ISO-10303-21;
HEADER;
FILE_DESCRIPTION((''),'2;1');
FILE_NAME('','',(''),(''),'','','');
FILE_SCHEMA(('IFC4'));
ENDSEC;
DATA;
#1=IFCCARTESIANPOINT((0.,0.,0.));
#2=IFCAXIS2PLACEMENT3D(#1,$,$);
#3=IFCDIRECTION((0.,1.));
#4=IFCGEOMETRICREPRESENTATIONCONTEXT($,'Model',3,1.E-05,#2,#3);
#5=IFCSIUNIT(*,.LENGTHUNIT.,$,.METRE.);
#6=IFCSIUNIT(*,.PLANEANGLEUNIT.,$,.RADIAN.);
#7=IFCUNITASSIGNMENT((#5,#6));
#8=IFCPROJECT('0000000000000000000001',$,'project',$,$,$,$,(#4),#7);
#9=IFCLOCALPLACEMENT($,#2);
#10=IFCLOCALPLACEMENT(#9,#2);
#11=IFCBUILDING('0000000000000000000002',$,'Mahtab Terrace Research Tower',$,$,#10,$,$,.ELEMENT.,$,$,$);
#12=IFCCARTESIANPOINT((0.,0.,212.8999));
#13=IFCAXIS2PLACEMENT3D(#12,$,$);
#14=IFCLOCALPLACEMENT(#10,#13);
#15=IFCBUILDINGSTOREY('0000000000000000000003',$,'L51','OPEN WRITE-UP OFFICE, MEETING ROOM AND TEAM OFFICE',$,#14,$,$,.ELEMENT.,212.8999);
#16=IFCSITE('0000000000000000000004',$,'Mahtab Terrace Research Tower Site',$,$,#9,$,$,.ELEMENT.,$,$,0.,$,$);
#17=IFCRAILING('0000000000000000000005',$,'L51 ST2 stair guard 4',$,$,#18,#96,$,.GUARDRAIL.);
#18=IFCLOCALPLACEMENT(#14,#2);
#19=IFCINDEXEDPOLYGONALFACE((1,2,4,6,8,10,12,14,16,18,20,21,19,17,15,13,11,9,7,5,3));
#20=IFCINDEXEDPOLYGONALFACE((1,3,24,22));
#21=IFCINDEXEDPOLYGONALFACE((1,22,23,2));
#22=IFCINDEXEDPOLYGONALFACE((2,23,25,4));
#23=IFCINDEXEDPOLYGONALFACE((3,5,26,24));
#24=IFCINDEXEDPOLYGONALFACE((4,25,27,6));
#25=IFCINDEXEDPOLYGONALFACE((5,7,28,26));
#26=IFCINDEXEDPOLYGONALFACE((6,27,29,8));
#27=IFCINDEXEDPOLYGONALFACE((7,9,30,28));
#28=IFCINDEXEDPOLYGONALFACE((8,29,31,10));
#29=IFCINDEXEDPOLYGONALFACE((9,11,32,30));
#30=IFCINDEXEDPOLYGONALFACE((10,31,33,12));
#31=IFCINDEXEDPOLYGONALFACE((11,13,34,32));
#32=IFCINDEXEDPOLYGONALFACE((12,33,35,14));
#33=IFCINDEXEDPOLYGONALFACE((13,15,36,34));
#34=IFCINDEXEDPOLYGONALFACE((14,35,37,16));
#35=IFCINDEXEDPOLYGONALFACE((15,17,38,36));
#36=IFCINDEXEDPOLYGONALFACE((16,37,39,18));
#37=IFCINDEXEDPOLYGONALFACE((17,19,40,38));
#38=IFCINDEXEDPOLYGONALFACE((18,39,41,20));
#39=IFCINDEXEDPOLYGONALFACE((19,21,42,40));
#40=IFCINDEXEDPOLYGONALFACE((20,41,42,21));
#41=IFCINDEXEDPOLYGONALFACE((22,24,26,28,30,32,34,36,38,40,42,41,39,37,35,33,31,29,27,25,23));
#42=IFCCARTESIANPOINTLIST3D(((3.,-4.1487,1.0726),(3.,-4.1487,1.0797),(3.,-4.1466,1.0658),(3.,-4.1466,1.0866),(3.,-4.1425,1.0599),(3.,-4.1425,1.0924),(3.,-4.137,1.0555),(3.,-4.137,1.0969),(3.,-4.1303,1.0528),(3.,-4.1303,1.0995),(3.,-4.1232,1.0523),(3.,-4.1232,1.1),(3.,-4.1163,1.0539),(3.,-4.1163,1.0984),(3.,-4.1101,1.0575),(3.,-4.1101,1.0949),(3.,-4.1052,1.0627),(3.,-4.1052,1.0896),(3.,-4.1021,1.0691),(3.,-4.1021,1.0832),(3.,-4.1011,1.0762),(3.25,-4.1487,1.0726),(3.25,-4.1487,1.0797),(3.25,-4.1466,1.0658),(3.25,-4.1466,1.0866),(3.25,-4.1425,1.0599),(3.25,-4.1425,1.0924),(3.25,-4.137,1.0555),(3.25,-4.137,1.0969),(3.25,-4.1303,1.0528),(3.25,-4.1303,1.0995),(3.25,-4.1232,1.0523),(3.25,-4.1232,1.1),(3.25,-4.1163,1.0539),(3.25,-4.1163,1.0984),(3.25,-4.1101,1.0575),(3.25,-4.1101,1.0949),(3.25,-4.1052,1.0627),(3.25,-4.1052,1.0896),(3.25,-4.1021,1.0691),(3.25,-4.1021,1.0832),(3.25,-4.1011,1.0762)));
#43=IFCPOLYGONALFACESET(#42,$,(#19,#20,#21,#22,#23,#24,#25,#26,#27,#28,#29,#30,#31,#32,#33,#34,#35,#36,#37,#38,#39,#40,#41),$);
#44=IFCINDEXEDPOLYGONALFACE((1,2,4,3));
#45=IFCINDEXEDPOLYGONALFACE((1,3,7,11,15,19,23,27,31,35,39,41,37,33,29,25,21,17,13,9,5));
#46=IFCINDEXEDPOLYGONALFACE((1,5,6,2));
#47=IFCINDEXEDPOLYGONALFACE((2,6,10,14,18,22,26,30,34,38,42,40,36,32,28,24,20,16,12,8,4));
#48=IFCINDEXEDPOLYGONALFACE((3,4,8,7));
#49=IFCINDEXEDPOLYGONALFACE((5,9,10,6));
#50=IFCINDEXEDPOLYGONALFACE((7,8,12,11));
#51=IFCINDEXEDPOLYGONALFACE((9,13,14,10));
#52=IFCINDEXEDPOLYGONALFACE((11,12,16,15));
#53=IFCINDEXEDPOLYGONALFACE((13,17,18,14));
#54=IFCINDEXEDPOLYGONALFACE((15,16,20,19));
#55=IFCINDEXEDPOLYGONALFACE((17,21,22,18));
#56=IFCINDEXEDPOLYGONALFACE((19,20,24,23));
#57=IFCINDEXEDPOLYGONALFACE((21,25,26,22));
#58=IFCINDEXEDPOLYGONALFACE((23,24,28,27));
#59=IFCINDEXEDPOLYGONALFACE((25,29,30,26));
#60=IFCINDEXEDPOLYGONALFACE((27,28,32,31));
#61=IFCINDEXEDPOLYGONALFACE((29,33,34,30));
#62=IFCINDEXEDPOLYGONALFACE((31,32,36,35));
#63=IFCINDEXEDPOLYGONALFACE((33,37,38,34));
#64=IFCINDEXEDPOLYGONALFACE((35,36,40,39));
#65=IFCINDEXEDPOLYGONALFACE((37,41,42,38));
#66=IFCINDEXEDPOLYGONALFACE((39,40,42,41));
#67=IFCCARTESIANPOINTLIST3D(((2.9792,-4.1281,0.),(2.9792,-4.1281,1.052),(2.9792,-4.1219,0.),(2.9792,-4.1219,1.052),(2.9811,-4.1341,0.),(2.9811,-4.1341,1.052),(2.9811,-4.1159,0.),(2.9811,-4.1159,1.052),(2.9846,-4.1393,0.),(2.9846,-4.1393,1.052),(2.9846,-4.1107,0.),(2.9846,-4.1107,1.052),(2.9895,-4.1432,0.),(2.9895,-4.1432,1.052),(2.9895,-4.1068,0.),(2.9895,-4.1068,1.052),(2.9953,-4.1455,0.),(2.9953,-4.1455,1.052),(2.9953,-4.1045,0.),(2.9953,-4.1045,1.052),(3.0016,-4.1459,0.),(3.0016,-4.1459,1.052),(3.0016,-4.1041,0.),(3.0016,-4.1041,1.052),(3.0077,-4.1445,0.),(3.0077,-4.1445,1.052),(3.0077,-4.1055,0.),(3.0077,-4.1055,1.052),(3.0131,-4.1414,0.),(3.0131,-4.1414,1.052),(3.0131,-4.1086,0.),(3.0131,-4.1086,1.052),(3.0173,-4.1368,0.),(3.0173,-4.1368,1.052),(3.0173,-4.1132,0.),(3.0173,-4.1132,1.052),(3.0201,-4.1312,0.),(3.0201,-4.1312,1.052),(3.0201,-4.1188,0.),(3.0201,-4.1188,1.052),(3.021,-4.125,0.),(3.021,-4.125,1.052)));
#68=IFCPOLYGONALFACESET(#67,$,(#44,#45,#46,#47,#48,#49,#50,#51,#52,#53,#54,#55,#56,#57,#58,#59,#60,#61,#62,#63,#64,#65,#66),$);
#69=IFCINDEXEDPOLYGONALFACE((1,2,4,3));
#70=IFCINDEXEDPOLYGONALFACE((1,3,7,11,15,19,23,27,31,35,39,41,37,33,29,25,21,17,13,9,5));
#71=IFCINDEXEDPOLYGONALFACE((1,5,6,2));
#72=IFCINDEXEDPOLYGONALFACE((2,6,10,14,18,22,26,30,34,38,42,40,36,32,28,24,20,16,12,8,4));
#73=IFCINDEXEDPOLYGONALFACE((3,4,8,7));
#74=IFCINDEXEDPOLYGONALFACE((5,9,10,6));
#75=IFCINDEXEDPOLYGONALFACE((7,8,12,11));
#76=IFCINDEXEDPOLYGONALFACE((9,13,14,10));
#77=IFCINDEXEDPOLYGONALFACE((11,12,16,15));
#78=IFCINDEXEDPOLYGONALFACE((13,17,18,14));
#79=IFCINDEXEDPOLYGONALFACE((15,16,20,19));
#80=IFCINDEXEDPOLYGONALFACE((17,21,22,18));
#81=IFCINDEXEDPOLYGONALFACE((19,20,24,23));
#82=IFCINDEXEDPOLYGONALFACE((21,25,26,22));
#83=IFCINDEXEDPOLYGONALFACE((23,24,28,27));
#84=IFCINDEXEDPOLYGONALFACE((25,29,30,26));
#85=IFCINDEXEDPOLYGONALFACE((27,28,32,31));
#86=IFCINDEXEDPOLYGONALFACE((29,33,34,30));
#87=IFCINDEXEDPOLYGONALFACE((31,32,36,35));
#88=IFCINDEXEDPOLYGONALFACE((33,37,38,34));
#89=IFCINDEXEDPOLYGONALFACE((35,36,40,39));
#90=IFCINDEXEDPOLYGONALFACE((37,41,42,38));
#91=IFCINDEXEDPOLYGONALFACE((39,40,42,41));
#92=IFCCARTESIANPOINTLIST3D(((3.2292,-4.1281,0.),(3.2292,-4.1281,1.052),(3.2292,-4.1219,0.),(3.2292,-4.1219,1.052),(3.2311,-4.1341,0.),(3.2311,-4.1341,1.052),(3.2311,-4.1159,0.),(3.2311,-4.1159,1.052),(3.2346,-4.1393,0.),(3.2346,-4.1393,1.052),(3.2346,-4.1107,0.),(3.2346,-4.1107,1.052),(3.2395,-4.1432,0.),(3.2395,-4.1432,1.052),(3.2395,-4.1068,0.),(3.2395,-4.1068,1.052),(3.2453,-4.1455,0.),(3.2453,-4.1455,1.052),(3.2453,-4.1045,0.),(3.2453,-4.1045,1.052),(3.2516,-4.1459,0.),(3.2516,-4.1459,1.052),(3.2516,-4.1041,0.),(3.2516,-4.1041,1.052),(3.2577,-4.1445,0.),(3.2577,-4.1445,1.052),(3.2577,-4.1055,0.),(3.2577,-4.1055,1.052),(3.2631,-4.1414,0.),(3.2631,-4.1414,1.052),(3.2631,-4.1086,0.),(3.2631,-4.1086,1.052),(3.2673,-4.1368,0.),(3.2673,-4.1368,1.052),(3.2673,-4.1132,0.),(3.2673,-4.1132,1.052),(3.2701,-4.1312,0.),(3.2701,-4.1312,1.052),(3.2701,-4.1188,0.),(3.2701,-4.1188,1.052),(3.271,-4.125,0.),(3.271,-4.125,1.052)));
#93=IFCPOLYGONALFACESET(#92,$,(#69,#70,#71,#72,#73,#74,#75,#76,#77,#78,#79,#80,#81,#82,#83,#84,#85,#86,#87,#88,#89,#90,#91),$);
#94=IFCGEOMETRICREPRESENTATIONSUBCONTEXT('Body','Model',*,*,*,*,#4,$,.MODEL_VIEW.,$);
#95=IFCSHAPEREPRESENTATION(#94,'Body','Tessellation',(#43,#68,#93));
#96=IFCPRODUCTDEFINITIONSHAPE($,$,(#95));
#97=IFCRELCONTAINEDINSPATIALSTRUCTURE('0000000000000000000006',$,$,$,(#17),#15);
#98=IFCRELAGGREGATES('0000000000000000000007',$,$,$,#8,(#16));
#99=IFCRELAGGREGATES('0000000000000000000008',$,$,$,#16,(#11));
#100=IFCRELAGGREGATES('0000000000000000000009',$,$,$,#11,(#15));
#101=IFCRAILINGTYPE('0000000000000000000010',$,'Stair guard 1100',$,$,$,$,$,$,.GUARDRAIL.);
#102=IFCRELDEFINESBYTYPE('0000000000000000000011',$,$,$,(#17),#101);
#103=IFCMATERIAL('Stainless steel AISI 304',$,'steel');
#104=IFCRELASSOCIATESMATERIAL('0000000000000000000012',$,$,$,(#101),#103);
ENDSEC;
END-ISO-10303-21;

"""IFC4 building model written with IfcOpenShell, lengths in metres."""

from ifc_helpers import new_model, si_unit, direction, frame, origin, origin_2d, place, context, subcontext, project, spatial, circle, extrude, material, type_object, element, save


model = new_model("IFC4")

# Units and contexts
model_context = context("Model", 3, precision=1e-05, world=origin(), true_north=direction((0.0, 1.0)))
body_context = subcontext(model_context, "Body", "Model", "MODEL_VIEW")
ifc_project = project(units=[si_unit("LENGTHUNIT", "METRE"), si_unit("PLANEANGLEUNIT", "RADIAN")], contexts=[model_context])

# Site, building, storey
site_placement = place(None, origin())
site = spatial("IfcSite", under=ifc_project, at=site_placement, Name="Mahtab Terrace Research Tower Site", CompositionType="ELEMENT", RefElevation=0.0)
building_placement = place(site_placement, origin())
building = spatial("IfcBuilding", under=site, at=building_placement, Name="Mahtab Terrace Research Tower", CompositionType="ELEMENT")
storey_placement = place(building_placement, frame((0.0, 0.0, 212.8999)))
storey = spatial("IfcBuildingStorey", under=building, at=storey_placement, Name="L51", Description="OPEN WRITE-UP OFFICE, MEETING ROOM AND TEAM OFFICE", CompositionType="ELEMENT", Elevation=212.8999)

# Railing
ifc_material_1 = material(Name="Stainless steel AISI 304", Category="steel")
railing_type_1 = type_object("IfcRailingType", Name="Stair guard 1100", PredefinedType="GUARDRAIL", material=ifc_material_1)
railing_1_placement = place(storey_placement, frame((3.0, -4.125, 0.0)))
element("IfcRailing", 1, at=railing_1_placement, inside=storey, type_object=railing_type_1, Name="L51 ST2 stair guard 4", PredefinedType="GUARDRAIL", context=body_context, shape_type="SweptSolid", body=[
    extrude(circle(Radius=0.0239, at=origin_2d()), frame((0.0, 0.0, 1.0762), z_axis=(1.0, 0.0, 0.0), x_axis=(0.0, 1.0, 0.0)), (0.0, 0.0, 1.0), 0.25),
    extrude(circle(Radius=0.021, at=origin_2d()), origin(), (0.0, 0.0, 1.0), 1.052),
    extrude(circle(Radius=0.021, at=origin_2d()), frame((0.25, 0.0, 0.0)), (0.0, 0.0, 1.0), 1.052),
])

save(model, "model.ifc")
